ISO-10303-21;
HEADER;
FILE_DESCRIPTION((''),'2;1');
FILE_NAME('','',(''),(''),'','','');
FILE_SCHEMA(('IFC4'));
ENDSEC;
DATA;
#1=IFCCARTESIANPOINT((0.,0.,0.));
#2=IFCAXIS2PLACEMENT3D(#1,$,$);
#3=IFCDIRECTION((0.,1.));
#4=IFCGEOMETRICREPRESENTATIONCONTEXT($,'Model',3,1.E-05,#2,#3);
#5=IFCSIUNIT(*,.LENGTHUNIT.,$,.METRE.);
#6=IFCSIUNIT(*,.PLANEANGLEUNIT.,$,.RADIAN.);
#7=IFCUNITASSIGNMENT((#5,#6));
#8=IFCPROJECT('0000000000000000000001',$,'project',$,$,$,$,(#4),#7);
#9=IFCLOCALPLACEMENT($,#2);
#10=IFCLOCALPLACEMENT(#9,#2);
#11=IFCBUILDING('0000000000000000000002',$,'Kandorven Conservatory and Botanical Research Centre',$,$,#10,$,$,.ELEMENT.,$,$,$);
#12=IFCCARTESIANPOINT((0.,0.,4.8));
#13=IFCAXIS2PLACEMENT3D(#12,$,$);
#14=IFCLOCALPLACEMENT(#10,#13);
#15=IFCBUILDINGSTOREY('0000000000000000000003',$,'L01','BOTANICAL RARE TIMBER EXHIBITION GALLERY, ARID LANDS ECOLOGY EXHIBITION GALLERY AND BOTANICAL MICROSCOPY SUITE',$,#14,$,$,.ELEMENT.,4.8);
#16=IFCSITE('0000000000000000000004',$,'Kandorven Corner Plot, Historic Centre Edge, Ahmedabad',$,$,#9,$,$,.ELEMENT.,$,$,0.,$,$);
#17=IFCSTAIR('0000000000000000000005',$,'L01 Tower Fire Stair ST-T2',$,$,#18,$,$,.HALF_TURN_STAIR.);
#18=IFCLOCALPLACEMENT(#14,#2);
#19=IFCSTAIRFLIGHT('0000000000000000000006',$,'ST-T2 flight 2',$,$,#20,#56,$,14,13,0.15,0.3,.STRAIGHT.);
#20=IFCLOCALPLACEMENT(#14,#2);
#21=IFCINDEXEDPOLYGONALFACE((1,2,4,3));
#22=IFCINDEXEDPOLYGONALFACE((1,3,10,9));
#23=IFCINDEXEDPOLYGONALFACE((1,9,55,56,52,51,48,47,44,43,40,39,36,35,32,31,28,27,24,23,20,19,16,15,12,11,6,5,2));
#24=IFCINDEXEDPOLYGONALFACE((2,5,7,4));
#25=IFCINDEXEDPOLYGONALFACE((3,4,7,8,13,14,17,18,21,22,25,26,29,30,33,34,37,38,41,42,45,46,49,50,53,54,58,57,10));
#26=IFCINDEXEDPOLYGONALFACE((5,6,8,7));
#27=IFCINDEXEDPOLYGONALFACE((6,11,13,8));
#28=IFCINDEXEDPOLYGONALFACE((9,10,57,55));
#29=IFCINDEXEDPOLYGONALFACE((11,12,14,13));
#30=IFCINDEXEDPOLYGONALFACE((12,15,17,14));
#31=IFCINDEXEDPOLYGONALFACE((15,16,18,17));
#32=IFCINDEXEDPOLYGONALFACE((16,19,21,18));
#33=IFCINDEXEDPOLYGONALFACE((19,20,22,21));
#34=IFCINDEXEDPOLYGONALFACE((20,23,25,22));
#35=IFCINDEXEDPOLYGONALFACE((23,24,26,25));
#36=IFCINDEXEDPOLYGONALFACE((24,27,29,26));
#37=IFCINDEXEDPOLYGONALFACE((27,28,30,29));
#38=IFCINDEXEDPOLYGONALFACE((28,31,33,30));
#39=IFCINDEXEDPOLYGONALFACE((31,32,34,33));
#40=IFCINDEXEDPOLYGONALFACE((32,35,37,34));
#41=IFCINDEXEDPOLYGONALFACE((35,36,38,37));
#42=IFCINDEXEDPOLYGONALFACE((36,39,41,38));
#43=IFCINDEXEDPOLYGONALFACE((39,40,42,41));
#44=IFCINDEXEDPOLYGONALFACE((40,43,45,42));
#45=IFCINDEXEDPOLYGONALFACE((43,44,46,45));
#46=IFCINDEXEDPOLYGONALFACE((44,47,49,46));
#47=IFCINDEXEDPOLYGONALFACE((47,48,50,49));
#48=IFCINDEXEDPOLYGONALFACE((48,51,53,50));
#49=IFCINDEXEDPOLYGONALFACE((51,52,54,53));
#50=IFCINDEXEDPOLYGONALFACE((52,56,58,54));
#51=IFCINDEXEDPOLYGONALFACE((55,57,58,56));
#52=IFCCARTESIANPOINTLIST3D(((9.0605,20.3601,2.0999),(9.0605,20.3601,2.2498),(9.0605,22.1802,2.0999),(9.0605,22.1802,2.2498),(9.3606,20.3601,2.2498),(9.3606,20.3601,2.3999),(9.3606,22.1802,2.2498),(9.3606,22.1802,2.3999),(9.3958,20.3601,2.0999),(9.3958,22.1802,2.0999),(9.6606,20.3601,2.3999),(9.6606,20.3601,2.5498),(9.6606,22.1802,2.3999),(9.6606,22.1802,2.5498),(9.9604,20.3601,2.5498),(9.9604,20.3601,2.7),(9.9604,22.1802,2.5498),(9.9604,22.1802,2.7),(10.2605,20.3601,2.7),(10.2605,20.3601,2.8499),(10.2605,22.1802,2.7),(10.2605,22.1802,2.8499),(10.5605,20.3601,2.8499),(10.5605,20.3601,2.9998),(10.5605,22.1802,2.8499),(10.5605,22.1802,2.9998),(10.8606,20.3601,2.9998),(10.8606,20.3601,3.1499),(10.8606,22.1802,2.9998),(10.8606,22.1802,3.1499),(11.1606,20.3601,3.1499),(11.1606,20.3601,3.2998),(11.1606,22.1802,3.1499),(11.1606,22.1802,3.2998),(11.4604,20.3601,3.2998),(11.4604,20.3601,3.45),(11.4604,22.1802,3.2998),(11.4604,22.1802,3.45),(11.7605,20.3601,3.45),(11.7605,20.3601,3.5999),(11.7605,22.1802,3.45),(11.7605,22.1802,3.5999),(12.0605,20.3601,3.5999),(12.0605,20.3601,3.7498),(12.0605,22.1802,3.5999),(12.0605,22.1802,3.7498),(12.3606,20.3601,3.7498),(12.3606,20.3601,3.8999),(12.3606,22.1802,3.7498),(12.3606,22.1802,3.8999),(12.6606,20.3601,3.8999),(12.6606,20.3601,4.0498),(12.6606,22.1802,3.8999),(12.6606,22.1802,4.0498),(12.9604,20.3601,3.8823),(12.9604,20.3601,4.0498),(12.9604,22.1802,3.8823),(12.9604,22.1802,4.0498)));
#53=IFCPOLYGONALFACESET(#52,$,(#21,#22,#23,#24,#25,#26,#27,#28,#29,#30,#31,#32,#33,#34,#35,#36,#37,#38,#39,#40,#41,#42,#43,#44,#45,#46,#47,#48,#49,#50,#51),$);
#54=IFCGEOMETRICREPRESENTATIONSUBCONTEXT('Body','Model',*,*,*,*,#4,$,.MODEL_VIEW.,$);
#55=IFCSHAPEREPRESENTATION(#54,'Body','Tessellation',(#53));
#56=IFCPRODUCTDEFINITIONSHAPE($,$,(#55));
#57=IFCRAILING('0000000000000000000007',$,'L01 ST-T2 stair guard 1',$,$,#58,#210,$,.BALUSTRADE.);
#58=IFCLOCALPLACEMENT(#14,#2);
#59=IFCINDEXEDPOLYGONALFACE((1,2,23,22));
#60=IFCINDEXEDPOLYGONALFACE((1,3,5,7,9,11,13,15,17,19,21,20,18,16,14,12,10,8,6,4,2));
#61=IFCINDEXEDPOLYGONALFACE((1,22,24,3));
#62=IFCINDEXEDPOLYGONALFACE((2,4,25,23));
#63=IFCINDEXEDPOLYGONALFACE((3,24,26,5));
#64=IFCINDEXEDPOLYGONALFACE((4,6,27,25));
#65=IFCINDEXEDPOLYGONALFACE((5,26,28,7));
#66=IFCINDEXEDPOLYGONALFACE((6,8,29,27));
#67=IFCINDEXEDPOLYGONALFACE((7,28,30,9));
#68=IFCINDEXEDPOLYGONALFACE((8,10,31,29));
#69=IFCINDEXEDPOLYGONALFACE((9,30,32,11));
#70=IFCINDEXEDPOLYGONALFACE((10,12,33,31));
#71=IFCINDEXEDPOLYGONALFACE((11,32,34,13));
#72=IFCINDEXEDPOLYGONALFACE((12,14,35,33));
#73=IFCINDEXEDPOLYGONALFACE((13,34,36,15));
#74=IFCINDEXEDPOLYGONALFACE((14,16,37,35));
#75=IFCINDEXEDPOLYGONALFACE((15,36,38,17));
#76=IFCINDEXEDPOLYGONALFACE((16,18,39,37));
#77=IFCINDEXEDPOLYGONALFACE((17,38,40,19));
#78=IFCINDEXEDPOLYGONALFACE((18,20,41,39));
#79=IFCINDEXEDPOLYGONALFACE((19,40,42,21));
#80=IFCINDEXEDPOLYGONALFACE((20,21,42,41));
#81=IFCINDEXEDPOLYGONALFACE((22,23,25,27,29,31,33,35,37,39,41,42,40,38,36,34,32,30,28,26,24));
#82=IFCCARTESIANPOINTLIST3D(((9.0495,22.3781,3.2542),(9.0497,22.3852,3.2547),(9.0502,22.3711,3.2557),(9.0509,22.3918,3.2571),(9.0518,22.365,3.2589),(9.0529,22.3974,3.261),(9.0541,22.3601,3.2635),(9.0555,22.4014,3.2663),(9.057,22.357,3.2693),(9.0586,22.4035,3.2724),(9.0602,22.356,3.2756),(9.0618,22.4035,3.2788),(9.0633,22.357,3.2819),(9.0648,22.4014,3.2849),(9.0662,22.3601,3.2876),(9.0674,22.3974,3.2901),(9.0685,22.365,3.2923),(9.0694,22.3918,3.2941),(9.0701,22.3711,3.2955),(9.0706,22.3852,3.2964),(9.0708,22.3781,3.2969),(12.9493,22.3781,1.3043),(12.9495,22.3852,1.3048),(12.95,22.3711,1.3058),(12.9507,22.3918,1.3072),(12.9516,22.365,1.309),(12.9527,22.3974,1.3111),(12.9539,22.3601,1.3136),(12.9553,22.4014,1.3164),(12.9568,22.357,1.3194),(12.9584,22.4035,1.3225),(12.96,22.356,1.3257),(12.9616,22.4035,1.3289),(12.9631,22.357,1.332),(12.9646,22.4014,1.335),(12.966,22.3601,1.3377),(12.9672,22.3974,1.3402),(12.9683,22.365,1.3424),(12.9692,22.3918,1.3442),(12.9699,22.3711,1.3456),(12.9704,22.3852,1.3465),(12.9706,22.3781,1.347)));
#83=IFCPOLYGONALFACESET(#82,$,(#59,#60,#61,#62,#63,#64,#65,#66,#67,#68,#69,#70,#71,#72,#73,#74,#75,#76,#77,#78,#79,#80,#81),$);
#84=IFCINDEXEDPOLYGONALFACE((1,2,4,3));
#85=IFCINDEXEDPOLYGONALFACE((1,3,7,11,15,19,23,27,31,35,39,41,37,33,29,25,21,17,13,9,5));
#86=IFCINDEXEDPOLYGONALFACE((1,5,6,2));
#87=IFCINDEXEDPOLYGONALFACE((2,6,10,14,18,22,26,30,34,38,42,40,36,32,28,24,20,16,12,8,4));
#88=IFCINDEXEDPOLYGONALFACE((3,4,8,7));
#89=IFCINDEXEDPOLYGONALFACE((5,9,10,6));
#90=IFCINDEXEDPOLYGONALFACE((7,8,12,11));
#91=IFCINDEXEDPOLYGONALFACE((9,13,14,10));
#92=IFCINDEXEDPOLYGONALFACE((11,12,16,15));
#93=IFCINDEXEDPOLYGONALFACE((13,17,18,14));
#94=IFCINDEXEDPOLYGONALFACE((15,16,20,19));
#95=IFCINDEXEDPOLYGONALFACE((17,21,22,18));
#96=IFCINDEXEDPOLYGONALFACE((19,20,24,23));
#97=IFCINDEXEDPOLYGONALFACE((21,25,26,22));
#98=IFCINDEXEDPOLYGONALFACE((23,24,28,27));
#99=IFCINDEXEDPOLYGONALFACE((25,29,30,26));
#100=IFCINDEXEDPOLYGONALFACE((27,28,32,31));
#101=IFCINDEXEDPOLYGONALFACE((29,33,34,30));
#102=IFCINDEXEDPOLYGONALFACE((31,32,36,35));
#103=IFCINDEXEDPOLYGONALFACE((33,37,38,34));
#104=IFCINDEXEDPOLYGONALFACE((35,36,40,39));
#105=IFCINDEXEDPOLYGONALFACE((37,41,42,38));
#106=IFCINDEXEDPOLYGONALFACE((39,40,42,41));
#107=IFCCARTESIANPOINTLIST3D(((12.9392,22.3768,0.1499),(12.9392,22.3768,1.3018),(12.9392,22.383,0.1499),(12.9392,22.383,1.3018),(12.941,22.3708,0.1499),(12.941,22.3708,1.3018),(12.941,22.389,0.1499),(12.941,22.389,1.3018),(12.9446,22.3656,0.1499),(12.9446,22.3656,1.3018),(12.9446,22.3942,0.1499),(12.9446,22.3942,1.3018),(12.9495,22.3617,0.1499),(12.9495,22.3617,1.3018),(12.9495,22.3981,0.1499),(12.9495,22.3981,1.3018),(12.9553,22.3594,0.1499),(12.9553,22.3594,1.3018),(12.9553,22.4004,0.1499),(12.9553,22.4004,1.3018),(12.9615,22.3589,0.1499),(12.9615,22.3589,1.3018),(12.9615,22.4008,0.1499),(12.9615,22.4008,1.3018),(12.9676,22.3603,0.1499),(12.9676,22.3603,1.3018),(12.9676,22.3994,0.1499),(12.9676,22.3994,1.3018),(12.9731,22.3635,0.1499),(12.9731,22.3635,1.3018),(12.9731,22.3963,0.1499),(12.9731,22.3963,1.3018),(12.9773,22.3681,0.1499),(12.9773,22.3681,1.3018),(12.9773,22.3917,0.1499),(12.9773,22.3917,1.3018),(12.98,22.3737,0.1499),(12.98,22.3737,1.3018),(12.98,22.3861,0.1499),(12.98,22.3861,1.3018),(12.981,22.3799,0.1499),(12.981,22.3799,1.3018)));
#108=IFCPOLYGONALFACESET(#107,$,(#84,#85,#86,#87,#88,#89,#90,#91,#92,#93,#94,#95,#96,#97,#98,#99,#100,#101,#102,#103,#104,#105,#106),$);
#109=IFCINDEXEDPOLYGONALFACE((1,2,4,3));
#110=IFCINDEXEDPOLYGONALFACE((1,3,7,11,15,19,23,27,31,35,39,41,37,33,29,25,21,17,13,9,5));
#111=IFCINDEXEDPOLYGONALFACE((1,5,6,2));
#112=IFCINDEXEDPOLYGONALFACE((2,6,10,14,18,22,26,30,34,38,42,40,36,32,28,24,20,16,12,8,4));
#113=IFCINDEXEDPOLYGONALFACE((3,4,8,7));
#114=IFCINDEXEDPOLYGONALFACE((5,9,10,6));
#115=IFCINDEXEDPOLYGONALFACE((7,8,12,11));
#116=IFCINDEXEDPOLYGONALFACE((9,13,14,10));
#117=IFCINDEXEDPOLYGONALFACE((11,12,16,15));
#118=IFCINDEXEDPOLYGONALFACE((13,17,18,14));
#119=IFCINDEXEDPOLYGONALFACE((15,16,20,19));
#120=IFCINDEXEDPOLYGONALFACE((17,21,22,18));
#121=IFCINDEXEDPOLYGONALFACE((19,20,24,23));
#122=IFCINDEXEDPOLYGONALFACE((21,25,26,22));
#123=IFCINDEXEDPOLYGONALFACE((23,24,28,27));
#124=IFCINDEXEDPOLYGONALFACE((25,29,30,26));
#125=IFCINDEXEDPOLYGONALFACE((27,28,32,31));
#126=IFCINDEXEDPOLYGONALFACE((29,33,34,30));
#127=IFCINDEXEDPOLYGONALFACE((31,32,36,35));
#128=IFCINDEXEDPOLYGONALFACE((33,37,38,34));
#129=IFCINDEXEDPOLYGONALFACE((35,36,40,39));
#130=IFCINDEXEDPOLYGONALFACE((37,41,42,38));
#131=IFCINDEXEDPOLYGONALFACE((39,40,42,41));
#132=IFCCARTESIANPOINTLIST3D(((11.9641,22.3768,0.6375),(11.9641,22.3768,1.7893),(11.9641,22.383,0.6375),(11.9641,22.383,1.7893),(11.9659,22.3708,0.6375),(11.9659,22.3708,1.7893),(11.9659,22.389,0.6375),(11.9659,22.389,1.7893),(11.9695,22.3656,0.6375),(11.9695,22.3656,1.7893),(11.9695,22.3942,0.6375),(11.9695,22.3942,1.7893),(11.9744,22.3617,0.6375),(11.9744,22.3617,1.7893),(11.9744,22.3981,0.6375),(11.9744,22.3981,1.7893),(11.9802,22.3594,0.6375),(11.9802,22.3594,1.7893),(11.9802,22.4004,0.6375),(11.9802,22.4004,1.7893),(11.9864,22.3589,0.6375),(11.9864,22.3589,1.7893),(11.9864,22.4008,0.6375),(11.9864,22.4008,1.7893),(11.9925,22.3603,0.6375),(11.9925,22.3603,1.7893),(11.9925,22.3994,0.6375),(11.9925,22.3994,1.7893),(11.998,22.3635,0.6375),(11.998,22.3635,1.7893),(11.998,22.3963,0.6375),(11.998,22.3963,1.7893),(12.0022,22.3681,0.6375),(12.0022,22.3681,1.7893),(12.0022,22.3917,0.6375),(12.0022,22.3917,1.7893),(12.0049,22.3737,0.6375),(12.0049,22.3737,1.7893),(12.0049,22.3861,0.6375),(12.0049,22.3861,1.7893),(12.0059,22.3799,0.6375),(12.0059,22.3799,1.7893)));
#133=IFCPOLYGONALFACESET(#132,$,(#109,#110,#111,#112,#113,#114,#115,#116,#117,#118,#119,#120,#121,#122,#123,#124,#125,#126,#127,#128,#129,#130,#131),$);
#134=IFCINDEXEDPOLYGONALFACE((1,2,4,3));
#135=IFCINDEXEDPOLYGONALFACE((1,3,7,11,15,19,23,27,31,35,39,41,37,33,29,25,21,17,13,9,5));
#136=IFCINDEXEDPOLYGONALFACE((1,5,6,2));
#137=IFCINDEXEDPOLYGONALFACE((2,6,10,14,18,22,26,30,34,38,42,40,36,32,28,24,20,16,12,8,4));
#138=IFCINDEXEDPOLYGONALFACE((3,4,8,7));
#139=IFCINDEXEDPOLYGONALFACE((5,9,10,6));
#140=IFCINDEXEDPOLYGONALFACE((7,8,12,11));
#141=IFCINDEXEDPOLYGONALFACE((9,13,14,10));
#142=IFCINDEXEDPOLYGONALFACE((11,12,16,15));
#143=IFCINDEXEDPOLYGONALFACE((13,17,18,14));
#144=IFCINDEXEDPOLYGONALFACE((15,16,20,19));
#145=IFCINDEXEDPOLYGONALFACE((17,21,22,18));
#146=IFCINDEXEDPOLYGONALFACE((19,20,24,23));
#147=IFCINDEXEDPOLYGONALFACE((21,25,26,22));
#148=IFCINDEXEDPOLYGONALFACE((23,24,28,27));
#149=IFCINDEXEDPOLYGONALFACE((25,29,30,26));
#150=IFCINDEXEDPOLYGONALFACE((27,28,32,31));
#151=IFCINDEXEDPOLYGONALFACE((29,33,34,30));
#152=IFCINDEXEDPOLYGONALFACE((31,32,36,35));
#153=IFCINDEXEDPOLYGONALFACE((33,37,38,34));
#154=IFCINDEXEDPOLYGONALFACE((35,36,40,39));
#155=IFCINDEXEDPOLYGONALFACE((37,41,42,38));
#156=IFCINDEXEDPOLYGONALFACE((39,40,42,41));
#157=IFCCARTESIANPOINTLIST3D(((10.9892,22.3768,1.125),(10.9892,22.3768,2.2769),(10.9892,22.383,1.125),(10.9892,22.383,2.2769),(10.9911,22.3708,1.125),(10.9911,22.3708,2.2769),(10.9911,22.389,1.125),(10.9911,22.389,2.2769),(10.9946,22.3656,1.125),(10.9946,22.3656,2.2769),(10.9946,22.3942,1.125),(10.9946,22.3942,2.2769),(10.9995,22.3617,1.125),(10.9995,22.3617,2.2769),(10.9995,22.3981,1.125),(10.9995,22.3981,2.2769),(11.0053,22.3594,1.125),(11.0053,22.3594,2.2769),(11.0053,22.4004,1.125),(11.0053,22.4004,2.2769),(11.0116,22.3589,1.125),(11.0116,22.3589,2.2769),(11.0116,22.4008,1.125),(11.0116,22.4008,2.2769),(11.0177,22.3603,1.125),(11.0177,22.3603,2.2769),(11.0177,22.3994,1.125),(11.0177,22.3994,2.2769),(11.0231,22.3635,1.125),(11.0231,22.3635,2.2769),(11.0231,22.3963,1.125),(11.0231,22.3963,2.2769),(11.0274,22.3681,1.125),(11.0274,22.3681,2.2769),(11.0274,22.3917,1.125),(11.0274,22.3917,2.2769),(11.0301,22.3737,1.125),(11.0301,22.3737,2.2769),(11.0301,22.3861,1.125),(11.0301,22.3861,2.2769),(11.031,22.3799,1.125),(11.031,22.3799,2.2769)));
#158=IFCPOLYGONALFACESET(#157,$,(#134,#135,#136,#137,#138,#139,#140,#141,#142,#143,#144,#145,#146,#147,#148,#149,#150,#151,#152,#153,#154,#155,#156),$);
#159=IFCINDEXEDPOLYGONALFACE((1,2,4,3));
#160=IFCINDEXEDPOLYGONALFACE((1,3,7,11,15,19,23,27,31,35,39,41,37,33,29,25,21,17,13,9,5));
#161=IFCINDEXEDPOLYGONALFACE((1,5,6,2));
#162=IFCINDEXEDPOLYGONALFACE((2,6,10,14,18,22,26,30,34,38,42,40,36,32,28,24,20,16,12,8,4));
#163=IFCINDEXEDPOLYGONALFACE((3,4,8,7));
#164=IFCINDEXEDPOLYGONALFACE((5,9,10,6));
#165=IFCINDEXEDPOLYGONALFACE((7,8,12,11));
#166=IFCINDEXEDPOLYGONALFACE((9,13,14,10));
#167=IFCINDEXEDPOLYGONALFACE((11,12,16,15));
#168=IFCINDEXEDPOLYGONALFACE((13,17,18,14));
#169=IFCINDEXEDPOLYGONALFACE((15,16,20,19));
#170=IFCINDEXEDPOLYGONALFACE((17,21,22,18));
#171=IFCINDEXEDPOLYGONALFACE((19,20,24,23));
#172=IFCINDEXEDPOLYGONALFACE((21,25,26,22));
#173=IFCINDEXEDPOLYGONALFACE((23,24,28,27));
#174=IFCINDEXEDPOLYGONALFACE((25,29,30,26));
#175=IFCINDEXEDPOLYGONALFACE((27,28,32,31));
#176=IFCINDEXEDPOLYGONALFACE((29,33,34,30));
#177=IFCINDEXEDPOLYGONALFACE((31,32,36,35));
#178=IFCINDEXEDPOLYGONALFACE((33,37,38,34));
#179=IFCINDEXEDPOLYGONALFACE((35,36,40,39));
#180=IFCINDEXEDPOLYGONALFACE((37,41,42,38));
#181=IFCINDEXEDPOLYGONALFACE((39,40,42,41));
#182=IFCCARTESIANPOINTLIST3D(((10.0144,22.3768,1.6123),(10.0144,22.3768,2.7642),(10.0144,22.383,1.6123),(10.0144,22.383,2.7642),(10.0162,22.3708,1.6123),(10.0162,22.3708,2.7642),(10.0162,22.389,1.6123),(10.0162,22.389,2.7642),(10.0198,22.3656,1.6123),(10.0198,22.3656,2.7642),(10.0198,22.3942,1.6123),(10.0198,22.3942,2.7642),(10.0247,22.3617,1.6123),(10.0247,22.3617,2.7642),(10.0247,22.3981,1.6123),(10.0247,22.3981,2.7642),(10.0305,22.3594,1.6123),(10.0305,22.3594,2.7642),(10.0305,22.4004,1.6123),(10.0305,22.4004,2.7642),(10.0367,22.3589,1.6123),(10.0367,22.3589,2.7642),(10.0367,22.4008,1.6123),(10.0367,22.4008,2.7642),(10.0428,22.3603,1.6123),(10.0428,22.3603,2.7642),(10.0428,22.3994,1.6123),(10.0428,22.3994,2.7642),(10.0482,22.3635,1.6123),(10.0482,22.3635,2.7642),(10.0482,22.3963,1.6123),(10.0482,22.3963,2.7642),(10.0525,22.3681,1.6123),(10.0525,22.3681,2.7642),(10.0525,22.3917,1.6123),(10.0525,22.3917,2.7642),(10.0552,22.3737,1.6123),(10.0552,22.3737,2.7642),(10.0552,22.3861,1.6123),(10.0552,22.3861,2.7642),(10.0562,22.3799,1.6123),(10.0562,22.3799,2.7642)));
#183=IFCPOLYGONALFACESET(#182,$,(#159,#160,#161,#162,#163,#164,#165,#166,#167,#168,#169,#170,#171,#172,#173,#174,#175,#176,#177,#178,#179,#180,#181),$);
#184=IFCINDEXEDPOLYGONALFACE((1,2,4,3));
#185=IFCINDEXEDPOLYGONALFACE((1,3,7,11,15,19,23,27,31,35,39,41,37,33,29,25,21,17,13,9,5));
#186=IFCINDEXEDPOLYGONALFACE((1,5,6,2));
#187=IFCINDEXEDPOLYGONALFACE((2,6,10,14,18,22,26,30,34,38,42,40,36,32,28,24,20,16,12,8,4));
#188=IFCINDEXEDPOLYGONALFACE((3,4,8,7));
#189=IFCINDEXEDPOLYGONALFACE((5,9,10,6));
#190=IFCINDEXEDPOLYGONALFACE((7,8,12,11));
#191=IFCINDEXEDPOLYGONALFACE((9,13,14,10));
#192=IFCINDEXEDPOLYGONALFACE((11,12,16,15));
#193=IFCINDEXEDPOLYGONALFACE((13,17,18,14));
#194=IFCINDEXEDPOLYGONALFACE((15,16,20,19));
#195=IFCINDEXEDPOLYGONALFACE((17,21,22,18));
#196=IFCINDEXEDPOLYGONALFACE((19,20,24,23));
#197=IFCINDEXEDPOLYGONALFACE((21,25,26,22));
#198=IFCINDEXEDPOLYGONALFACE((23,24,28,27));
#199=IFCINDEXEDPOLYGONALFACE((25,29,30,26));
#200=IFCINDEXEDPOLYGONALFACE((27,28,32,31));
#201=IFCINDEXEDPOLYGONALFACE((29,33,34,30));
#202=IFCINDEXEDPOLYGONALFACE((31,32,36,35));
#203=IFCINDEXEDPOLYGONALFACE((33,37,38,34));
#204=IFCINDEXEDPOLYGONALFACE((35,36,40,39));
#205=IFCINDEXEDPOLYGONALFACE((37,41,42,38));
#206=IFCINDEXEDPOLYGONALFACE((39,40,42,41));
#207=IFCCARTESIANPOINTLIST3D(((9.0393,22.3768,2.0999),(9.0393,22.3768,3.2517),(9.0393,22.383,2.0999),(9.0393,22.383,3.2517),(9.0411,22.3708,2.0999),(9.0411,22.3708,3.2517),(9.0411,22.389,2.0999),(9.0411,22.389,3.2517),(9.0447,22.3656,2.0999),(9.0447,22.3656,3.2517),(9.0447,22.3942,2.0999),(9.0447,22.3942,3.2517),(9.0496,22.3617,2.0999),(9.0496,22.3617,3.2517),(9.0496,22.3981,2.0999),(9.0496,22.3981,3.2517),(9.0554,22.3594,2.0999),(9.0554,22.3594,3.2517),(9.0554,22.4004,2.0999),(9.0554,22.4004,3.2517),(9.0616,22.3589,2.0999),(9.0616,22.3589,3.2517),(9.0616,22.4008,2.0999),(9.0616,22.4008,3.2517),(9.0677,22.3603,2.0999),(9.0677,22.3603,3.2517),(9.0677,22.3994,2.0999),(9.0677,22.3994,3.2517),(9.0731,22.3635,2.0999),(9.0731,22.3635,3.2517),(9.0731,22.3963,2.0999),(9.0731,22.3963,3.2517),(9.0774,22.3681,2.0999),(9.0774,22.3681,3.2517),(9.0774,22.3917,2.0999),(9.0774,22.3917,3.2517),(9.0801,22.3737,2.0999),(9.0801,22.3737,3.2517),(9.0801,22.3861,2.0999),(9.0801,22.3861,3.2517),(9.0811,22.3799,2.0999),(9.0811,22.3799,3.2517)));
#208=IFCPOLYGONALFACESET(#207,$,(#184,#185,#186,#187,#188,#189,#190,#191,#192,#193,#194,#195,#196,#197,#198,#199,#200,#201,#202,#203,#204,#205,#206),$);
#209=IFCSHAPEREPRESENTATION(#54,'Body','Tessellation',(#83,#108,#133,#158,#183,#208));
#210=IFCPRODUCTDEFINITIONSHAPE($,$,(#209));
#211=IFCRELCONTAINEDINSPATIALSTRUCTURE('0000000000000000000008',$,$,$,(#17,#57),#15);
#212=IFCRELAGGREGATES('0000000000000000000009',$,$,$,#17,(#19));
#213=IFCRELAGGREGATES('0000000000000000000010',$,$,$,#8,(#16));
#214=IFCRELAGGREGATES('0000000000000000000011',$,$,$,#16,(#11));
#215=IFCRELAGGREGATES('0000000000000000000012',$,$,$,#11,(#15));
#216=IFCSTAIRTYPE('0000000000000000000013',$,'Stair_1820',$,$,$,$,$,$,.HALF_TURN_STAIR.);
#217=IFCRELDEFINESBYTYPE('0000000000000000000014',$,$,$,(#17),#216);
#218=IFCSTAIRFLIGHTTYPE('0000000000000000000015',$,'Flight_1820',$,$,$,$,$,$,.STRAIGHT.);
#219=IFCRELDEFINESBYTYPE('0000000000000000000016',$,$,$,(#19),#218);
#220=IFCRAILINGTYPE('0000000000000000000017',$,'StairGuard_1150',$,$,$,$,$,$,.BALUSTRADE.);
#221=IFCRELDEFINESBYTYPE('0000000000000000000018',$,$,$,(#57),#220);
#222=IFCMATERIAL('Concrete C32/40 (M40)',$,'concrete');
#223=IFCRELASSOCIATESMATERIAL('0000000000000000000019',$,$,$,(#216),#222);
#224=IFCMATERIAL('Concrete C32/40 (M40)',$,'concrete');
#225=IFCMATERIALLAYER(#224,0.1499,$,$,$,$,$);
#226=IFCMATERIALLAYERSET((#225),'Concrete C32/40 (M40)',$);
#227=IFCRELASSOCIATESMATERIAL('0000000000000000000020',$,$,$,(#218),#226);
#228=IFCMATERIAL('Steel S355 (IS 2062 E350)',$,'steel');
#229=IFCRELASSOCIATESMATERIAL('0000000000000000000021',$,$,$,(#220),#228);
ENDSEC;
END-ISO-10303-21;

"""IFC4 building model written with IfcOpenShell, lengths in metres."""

from ifc_helpers import new_model, si_unit, direction, frame, origin, origin_2d, place, context, subcontext, project, spatial, polyline, circle, outline, extrude, material, layer, layer_set, type_object, element, aggregate, save


model = new_model("IFC4")

# Units and contexts
model_context = context("Model", 3, precision=1e-05, world=origin(), true_north=direction((0.0, 1.0)))
body_context = subcontext(model_context, "Body", "Model", "MODEL_VIEW")
ifc_project = project(units=[si_unit("LENGTHUNIT", "METRE"), si_unit("PLANEANGLEUNIT", "RADIAN")], contexts=[model_context])

# Site, building, storey
site_placement = place(None, origin())
site = spatial("IfcSite", under=ifc_project, at=site_placement, Name="Kandorven Corner Plot, Historic Centre Edge, Ahmedabad", CompositionType="ELEMENT", RefElevation=0.0)
building_placement = place(site_placement, origin())
building = spatial("IfcBuilding", under=site, at=building_placement, Name="Kandorven Conservatory and Botanical Research Centre", CompositionType="ELEMENT")
storey_placement = place(building_placement, frame((0.0, 0.0, 4.8)))
storey = spatial("IfcBuildingStorey", under=building, at=storey_placement, Name="L01", Description="BOTANICAL RARE TIMBER EXHIBITION GALLERY, ARID LANDS ECOLOGY EXHIBITION GALLERY AND BOTANICAL MICROSCOPY SUITE", CompositionType="ELEMENT", Elevation=4.8)

# Stair, stair flight
ifc_material_1 = material(Name="Concrete C32/40 (M40)", Category="concrete")
stair_type = type_object("IfcStairType", Name="Stair_1820", PredefinedType="HALF_TURN_STAIR", material=ifc_material_1)
stair_placement = place(storey_placement, origin())
stair = element("IfcStair", 1, at=stair_placement, inside=storey, type_object=stair_type, Name="L01 Tower Fire Stair ST-T2", PredefinedType="HALF_TURN_STAIR")
ifc_material_2 = material(Name="Concrete C32/40 (M40)", Category="concrete")
ifc_layer_1 = layer(ifc_material_2, 0.1499)
ifc_layer_set_1 = layer_set([ifc_layer_1], Name="Concrete C32/40 (M40)")
stair_flight_type = type_object("IfcStairFlightType", Name="Flight_1820", PredefinedType="STRAIGHT", material=ifc_layer_set_1)
stair_flight_1_placement = place(storey_placement, frame((9.0605, 21.27, 2.0999), z_axis=(0.0, 0.0, 1.0), x_axis=(1.0, 0.0, 0.0)))
stair_flight_1 = element("IfcStairFlight", 2, at=stair_flight_1_placement, type_object=stair_flight_type, Name="ST-T2 flight 2", NumberOfRisers=14, NumberOfTreads=13, PredefinedType="STRAIGHT", RiserHeight=0.15, TreadLength=0.3, context=body_context, shape_type="SweptSolid", body=[
    extrude(outline(polyline([(0.0, 0.0), (0.0, 0.1499), (0.3, 0.1499), (0.3, 0.3), (0.6001, 0.3), (0.6001, 0.45), (0.8999, 0.45), (0.8999, 0.6001), (1.2, 0.6001), (1.2, 0.75), (1.5, 0.75), (1.5, 0.8999), (1.8, 0.8999), (1.8, 1.05), (2.1001, 1.05), (2.1001, 1.2), (2.3999, 1.2), (2.3999, 1.3501), (2.7, 1.3501), (2.7, 1.5), (3.0, 1.5), (3.0, 1.6499), (3.3, 1.6499), (3.3, 1.8), (3.6001, 1.8), (3.6001, 1.95), (3.8999, 1.95), (3.8999, 2.1001), (3.8999, 1.7825), (0.3352, 0.0), (0.0, 0.0)])), frame((0.0, 0.9102, 0.0), z_axis=(0.0, -1.0, 0.0), x_axis=(1.0, 0.0, 0.0)), (0.0, 0.0, 1.0), 1.8201),
])
aggregate(stair, [stair_flight_1])

# Railing
ifc_material_3 = material(Name="Steel S355 (IS 2062 E350)", Category="steel")
railing_type_1 = type_object("IfcRailingType", Name="StairGuard_1150", PredefinedType="BALUSTRADE", material=ifc_material_3)
railing_1_placement = place(storey_placement, frame((12.96, 22.3799, 0.1499)))
element("IfcRailing", 3, at=railing_1_placement, inside=storey, type_object=railing_type_1, Name="L01 ST-T2 stair guard 1", PredefinedType="BALUSTRADE", context=body_context, shape_type="SweptSolid", body=[
    extrude(circle(Radius=0.0239, at=origin_2d()), frame((0.0, 0.0, 1.1758), z_axis=(-0.894427, 0.0, 0.447214), x_axis=(0.0, -1.0, 0.0)), (0.0, 0.0, 1.0), 4.3601),
    extrude(circle(Radius=0.021, at=origin_2d()), origin(), (0.0, 0.0, 1.0), 1.1519),
    extrude(circle(Radius=0.021, at=origin_2d()), frame((-0.9751, 0.0, 0.4875)), (0.0, 0.0, 1.0), 1.1519),
    extrude(circle(Radius=0.021, at=origin_2d()), frame((-1.95, 0.0, 0.9751)), (0.0, 0.0, 1.0), 1.1519),
    extrude(circle(Radius=0.021, at=origin_2d()), frame((-2.9248, 0.0, 1.4624)), (0.0, 0.0, 1.0), 1.1519),
    extrude(circle(Radius=0.021, at=origin_2d()), frame((-3.8999, 0.0, 1.95)), (0.0, 0.0, 1.0), 1.1519),
])

save(model, "model.ifc")
